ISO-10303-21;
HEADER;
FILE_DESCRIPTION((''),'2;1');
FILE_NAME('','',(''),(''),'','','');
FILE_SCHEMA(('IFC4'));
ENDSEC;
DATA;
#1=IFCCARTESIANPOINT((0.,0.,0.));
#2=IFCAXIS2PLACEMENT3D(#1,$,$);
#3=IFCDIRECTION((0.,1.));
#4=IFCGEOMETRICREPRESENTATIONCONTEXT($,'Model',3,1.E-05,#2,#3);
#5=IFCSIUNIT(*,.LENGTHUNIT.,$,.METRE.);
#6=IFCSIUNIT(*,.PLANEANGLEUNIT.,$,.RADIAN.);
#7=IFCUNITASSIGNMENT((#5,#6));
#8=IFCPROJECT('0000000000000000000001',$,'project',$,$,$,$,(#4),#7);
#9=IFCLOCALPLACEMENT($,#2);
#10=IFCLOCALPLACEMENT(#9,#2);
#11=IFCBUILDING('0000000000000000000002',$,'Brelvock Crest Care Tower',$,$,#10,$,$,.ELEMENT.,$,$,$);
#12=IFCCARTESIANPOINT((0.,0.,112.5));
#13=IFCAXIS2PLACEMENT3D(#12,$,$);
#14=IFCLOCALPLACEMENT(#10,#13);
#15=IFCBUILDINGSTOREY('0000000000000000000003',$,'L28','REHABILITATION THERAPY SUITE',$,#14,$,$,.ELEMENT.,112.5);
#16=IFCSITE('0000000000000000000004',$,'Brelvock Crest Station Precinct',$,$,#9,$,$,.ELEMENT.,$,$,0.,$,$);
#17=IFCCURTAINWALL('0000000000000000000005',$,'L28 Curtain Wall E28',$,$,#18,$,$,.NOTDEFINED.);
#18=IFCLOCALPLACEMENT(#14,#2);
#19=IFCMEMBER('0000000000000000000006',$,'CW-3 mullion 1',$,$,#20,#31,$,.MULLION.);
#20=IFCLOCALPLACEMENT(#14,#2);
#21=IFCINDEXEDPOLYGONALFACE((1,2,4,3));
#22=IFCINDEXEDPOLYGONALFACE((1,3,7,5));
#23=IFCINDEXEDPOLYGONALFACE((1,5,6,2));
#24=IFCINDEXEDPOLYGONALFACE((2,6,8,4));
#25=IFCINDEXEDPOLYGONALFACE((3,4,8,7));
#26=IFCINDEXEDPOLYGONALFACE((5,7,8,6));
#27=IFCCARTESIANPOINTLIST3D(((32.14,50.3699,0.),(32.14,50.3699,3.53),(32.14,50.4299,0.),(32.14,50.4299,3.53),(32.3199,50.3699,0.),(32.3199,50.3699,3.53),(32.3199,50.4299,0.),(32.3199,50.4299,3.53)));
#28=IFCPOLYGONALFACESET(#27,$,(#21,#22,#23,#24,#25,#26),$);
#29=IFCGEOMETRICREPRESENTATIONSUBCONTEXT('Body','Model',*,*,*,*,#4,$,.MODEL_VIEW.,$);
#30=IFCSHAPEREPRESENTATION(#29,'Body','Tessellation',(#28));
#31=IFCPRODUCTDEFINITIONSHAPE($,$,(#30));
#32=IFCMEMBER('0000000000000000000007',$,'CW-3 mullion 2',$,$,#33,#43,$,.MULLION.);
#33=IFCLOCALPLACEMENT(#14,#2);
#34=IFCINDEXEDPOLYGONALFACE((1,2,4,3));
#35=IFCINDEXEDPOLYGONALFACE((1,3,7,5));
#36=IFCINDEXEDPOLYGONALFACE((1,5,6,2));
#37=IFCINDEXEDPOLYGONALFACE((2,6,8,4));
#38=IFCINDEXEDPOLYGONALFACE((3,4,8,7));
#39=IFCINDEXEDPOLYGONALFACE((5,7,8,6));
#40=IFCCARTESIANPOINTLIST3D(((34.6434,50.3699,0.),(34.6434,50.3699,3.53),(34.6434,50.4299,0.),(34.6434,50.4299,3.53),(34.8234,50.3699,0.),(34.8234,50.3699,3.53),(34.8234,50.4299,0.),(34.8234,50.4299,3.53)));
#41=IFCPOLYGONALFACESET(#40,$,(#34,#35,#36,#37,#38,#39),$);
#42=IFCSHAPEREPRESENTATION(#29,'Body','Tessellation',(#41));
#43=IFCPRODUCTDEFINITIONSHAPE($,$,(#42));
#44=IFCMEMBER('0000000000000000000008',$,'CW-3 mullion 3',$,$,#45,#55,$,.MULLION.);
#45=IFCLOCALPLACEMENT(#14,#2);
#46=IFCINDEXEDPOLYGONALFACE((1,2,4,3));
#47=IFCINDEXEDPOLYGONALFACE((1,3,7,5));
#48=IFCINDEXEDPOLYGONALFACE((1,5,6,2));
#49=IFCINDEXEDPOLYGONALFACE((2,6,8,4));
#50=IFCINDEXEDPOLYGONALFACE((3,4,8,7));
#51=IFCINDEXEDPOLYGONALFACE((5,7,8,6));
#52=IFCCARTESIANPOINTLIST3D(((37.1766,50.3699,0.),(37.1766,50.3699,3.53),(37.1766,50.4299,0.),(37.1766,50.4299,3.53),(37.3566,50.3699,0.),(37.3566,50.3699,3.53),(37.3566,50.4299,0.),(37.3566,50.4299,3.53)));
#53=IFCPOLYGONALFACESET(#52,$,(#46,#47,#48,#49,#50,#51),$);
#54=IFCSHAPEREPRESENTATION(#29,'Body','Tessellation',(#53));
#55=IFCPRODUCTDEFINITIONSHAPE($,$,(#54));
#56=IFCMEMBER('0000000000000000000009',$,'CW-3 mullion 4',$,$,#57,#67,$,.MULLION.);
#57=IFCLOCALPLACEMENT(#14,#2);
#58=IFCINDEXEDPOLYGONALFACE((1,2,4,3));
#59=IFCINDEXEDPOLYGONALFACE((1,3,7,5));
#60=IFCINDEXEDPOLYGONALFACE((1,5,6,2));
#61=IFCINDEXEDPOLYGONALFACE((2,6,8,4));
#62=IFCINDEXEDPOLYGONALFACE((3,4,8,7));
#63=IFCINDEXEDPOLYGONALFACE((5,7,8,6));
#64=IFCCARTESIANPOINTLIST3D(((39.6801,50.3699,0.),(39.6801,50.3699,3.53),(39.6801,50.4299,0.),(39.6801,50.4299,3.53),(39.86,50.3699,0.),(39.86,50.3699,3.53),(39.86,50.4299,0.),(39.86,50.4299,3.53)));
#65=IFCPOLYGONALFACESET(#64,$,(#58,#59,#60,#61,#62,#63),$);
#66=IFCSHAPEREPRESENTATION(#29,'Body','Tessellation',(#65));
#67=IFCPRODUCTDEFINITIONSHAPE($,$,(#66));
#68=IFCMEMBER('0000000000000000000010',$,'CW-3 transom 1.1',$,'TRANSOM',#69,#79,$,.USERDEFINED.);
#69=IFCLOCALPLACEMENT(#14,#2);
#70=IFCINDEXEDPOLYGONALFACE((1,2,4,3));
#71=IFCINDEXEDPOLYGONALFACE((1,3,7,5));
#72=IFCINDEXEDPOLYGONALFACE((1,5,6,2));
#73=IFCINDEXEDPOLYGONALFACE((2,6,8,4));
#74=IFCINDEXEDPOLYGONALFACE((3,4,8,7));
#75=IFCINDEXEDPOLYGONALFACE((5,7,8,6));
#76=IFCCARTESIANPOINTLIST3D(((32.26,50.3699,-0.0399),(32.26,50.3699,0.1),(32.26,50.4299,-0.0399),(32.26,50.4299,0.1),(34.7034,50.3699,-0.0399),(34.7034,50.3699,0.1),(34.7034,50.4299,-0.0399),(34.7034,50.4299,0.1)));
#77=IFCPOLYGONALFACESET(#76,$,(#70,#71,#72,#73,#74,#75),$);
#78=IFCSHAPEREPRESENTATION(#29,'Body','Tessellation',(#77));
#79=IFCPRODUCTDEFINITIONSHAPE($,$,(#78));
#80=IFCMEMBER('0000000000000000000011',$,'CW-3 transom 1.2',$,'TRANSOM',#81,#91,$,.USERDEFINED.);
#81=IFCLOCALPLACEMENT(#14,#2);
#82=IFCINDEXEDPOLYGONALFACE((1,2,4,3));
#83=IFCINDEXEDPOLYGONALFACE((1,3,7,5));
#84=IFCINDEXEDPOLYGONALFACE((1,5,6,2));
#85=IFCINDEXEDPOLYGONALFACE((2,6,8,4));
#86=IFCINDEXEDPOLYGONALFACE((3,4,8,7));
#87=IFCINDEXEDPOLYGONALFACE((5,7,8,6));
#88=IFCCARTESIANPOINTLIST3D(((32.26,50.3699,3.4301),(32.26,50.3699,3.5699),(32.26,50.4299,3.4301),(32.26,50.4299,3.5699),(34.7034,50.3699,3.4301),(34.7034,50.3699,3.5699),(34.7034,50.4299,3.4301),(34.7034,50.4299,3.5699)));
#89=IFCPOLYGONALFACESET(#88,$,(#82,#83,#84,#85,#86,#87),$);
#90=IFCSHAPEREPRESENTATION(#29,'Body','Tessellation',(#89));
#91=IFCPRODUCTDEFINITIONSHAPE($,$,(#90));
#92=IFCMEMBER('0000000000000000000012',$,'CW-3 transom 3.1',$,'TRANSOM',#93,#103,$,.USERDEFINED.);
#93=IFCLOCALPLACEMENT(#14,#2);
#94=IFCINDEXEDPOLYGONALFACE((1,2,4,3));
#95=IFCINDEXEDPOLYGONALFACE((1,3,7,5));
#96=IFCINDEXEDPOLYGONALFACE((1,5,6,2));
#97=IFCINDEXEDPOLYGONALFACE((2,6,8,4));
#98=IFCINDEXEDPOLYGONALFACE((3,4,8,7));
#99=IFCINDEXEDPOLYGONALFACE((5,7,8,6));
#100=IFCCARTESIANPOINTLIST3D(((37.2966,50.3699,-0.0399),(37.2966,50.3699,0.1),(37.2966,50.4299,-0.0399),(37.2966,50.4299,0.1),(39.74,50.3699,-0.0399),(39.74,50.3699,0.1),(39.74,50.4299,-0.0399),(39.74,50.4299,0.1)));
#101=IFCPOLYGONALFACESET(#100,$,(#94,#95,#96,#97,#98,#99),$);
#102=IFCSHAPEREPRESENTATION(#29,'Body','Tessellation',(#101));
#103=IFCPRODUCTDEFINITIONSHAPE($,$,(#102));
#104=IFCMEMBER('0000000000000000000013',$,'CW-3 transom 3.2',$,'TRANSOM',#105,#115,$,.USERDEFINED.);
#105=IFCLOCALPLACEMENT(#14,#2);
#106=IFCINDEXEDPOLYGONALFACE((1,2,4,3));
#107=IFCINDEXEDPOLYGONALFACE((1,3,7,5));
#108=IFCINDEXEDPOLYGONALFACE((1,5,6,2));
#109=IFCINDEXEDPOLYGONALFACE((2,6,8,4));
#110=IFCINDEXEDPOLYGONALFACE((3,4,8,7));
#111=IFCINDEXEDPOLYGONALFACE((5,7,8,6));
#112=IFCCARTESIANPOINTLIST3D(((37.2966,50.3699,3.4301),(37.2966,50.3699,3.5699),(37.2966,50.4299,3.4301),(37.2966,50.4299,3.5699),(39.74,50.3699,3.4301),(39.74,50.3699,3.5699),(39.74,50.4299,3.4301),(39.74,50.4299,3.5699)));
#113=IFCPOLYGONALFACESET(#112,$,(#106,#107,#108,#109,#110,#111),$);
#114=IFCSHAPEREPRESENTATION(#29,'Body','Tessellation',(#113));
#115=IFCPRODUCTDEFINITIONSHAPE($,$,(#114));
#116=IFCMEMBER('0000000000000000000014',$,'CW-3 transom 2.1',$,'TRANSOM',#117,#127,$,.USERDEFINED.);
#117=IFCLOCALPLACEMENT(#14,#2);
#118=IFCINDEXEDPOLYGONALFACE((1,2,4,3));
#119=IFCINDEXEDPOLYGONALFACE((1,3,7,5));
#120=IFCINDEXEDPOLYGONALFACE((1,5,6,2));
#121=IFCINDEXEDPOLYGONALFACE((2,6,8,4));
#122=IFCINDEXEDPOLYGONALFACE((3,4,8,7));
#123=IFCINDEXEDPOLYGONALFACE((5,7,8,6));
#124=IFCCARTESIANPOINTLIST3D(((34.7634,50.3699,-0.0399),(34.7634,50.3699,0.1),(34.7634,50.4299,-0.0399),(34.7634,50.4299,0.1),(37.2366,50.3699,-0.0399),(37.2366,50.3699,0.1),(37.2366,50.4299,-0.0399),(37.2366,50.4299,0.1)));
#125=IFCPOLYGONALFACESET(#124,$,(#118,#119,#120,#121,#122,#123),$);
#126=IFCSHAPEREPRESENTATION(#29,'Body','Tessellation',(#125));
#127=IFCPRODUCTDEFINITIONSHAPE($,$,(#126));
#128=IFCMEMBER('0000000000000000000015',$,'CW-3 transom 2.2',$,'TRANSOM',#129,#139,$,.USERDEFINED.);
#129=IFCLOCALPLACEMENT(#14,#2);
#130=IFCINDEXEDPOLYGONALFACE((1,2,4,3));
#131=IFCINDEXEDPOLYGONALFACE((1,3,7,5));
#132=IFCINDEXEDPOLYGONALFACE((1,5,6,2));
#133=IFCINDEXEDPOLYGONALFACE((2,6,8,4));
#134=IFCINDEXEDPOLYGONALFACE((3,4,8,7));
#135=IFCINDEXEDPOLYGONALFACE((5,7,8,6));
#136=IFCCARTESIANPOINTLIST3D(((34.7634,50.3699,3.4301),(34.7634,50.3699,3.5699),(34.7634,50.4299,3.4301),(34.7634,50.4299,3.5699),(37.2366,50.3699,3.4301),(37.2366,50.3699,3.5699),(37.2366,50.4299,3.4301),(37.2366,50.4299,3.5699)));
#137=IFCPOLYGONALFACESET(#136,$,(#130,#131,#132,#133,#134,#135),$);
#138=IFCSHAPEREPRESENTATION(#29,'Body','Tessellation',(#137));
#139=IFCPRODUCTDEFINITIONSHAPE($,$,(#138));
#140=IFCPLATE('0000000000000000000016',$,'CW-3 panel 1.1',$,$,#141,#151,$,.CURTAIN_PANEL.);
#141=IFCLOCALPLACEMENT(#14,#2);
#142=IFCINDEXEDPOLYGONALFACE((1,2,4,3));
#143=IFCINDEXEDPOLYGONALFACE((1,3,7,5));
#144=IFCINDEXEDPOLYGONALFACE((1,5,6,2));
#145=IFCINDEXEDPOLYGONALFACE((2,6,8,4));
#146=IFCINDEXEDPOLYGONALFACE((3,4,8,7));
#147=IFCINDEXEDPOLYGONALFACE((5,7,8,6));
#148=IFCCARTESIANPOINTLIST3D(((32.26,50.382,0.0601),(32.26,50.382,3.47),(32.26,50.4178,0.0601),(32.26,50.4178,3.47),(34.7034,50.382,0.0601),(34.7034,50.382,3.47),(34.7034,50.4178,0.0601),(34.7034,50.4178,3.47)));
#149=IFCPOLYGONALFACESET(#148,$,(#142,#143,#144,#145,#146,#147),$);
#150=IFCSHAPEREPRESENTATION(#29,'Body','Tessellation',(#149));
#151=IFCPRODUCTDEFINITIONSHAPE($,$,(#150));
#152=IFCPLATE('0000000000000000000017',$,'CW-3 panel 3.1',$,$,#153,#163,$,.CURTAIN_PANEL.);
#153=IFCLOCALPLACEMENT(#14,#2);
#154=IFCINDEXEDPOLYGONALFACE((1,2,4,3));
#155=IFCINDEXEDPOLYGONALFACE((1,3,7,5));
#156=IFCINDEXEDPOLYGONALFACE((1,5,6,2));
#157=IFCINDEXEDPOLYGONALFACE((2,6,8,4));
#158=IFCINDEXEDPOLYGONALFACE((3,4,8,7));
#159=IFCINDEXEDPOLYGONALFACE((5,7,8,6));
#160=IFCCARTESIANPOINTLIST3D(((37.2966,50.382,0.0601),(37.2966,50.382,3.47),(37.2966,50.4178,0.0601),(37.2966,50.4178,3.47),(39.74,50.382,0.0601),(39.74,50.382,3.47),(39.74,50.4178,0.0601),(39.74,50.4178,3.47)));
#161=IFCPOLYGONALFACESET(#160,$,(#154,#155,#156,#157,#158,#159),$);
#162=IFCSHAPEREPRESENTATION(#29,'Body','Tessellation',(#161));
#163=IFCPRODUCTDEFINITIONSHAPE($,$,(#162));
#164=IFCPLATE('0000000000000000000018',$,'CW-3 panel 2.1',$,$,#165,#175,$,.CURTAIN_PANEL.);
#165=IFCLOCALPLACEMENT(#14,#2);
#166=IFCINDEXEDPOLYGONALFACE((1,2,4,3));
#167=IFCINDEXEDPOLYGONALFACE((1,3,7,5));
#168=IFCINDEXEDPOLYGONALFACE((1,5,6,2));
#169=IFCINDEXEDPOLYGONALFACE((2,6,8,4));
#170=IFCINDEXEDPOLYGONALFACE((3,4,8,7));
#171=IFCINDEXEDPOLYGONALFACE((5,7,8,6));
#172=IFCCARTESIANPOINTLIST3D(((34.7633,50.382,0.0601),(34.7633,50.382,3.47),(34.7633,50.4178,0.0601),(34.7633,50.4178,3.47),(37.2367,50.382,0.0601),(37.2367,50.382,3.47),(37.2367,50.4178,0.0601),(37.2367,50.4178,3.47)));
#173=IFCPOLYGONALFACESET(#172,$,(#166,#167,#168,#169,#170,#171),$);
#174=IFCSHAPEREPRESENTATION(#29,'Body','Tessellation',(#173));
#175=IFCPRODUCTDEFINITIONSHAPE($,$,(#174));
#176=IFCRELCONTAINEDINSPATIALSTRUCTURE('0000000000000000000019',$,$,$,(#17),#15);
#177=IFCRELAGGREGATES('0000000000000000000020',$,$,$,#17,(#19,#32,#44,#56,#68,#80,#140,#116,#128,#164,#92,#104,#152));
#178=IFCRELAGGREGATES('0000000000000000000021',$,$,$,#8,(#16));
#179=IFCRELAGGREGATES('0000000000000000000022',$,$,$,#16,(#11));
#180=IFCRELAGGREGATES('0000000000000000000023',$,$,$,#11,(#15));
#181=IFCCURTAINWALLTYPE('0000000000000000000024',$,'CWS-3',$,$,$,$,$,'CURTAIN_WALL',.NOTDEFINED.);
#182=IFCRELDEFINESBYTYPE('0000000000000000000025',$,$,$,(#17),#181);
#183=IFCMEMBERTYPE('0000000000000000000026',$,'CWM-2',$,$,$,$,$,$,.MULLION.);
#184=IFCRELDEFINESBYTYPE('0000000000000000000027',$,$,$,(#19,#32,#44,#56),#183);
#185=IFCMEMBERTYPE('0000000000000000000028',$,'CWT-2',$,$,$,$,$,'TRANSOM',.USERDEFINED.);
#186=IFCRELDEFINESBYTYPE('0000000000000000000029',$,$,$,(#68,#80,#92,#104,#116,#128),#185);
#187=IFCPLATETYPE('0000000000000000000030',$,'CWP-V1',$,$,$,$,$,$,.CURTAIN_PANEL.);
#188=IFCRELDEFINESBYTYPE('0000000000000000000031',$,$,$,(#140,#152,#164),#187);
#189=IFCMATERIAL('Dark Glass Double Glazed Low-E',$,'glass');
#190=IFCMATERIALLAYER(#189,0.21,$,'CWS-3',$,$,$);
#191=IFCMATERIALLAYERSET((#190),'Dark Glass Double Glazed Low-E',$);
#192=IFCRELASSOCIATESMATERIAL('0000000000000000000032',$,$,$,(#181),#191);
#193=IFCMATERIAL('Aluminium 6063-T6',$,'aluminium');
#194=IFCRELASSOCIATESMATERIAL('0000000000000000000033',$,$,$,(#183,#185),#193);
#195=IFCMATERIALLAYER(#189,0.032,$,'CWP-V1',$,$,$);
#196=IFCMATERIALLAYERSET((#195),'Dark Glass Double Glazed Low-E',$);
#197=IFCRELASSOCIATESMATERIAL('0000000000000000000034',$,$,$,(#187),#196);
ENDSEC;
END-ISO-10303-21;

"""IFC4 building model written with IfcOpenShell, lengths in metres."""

from ifc_helpers import new_model, si_unit, direction, frame, origin, origin_2d, place, context, subcontext, project, spatial, rectangle, extrude, source, transform, mapped, material, layer, layer_set, material_profile, profile_set, type_object, element, aggregate, save


model = new_model("IFC4")

# Units and contexts
model_context = context("Model", 3, precision=1e-05, world=origin(), true_north=direction((0.0, 1.0)))
body_context = subcontext(model_context, "Body", "Model", "MODEL_VIEW")
ifc_project = project(units=[si_unit("LENGTHUNIT", "METRE"), si_unit("PLANEANGLEUNIT", "RADIAN")], contexts=[model_context])

# Site, building, storey
site_placement = place(None, origin())
site = spatial("IfcSite", under=ifc_project, at=site_placement, Name="Brelvock Crest Station Precinct", CompositionType="ELEMENT", RefElevation=0.0)
building_placement = place(site_placement, origin())
building = spatial("IfcBuilding", under=site, at=building_placement, Name="Brelvock Crest Care Tower", CompositionType="ELEMENT")
storey_placement = place(building_placement, frame((0.0, 0.0, 112.5)))
storey = spatial("IfcBuildingStorey", under=building, at=storey_placement, Name="L28", Description="REHABILITATION THERAPY SUITE", CompositionType="ELEMENT", Elevation=112.5)

# Curtain wall, members, plates
ifc_material_1 = material(Name="Dark Glass Double Glazed Low-E", Category="glass")
ifc_layer_1 = layer(ifc_material_1, 0.21, Name="CWS-3")
ifc_layer_set_1 = layer_set([ifc_layer_1], Name="Dark Glass Double Glazed Low-E")
curtain_wall_type = type_object("IfcCurtainWallType", Name="CWS-3", ElementType="CURTAIN_WALL", PredefinedType="NOTDEFINED", material=ifc_layer_set_1)
curtain_wall_placement = place(storey_placement, origin())
curtain_wall = element("IfcCurtainWall", 1, at=curtain_wall_placement, inside=storey, type_object=curtain_wall_type, Name="L28 Curtain Wall E28", PredefinedType="NOTDEFINED")
ifc_material_2 = material(Name="Aluminium 6063-T6", Category="aluminium")
ifc_material_profile_1 = material_profile(ifc_material_2, rectangle(XDim=0.0601, YDim=0.1799, at=origin_2d()), Name="ALU60x180")
ifc_profile_set_1 = profile_set([ifc_material_profile_1], Name="Aluminium 6063-T6")
member_type_1 = type_object("IfcMemberType", Name="CWM-2", PredefinedType="MULLION", material=ifc_profile_set_1)
shared_shape_1 = source(origin(), body_context, "Body", "SweptSolid", [
    extrude(rectangle(XDim=0.0601, YDim=0.1799, at=origin_2d()), origin(), (0.0, 0.0, 1.0), 3.53),
])
member_1_placement = place(storey_placement, frame((32.23, 50.3999, 0.0), z_axis=(0.0, 0.0, 1.0), x_axis=(0.0, 1.0, 0.0)))
member_1 = element("IfcMember", 2, at=member_1_placement, type_object=member_type_1, Name="CW-3 mullion 1", PredefinedType="MULLION", context=body_context, shape_type="MappedRepresentation", body=[
    mapped(shared_shape_1, transform((0.0, 0.0, 0.0), x_axis=(1.0, 0.0, 0.0), y_axis=(0.0, 1.0, 0.0), z_axis=(0.0, 0.0, 1.0), scale=1.0)),
])
member_2_placement = place(storey_placement, frame((34.7334, 50.3999, 0.0), z_axis=(0.0, 0.0, 1.0), x_axis=(0.0, 1.0, 0.0)))
member_2 = element("IfcMember", 3, at=member_2_placement, type_object=member_type_1, Name="CW-3 mullion 2", PredefinedType="MULLION", context=body_context, shape_type="MappedRepresentation", body=[
    mapped(shared_shape_1, transform((0.0, 0.0, 0.0), x_axis=(1.0, 0.0, 0.0), y_axis=(0.0, 1.0, 0.0), z_axis=(0.0, 0.0, 1.0), scale=1.0)),
])
member_3_placement = place(storey_placement, frame((37.2666, 50.3999, 0.0), z_axis=(0.0, 0.0, 1.0), x_axis=(0.0, 1.0, 0.0)))
member_3 = element("IfcMember", 4, at=member_3_placement, type_object=member_type_1, Name="CW-3 mullion 3", PredefinedType="MULLION", context=body_context, shape_type="MappedRepresentation", body=[
    mapped(shared_shape_1, transform((0.0, 0.0, 0.0), x_axis=(1.0, 0.0, 0.0), y_axis=(0.0, 1.0, 0.0), z_axis=(0.0, 0.0, 1.0), scale=1.0)),
])
member_4_placement = place(storey_placement, frame((39.77, 50.3999, 0.0), z_axis=(0.0, 0.0, 1.0), x_axis=(0.0, 1.0, 0.0)))
member_4 = element("IfcMember", 5, at=member_4_placement, type_object=member_type_1, Name="CW-3 mullion 4", PredefinedType="MULLION", context=body_context, shape_type="MappedRepresentation", body=[
    mapped(shared_shape_1, transform((0.0, 0.0, 0.0), x_axis=(1.0, 0.0, 0.0), y_axis=(0.0, 1.0, 0.0), z_axis=(0.0, 0.0, 1.0), scale=1.0)),
])
ifc_material_profile_2 = material_profile(ifc_material_2, rectangle(XDim=0.0601, YDim=0.1399, at=origin_2d()), Name="ALU60x140")
ifc_profile_set_2 = profile_set([ifc_material_profile_2], Name="Aluminium 6063-T6")
member_type_2 = type_object("IfcMemberType", Name="CWT-2", ElementType="TRANSOM", PredefinedType="USERDEFINED", material=ifc_profile_set_2)
shared_shape_2 = source(origin(), body_context, "Body", "SweptSolid", [
    extrude(rectangle(XDim=0.0601, YDim=0.1399, at=origin_2d()), origin(), (0.0, 0.0, 1.0), 2.4434),
])
member_5_placement = place(storey_placement, frame((32.26, 50.3999, 0.03), z_axis=(1.0, 0.0, 0.0), x_axis=(0.0, 1.0, 0.0)))
member_5 = element("IfcMember", 6, at=member_5_placement, type_object=member_type_2, Name="CW-3 transom 1.1", ObjectType="TRANSOM", PredefinedType="USERDEFINED", context=body_context, shape_type="MappedRepresentation", body=[
    mapped(shared_shape_2, transform((0.0, 0.0, 0.0), x_axis=(1.0, 0.0, 0.0), y_axis=(0.0, 1.0, 0.0), z_axis=(0.0, 0.0, 1.0), scale=1.0)),
])
member_6_placement = place(storey_placement, frame((32.26, 50.3999, 3.5), z_axis=(1.0, 0.0, 0.0), x_axis=(0.0, 1.0, 0.0)))
member_6 = element("IfcMember", 7, at=member_6_placement, type_object=member_type_2, Name="CW-3 transom 1.2", ObjectType="TRANSOM", PredefinedType="USERDEFINED", context=body_context, shape_type="MappedRepresentation", body=[
    mapped(shared_shape_2, transform((0.0, 0.0, 0.0), x_axis=(1.0, 0.0, 0.0), y_axis=(0.0, 1.0, 0.0), z_axis=(0.0, 0.0, 1.0), scale=1.0)),
])
member_7_placement = place(storey_placement, frame((37.2966, 50.3999, 0.03), z_axis=(1.0, 0.0, 0.0), x_axis=(0.0, 1.0, 0.0)))
member_7 = element("IfcMember", 8, at=member_7_placement, type_object=member_type_2, Name="CW-3 transom 3.1", ObjectType="TRANSOM", PredefinedType="USERDEFINED", context=body_context, shape_type="MappedRepresentation", body=[
    mapped(shared_shape_2, transform((0.0, 0.0, 0.0), x_axis=(1.0, 0.0, 0.0), y_axis=(0.0, 1.0, 0.0), z_axis=(0.0, 0.0, 1.0), scale=1.0)),
])
member_8_placement = place(storey_placement, frame((37.2966, 50.3999, 3.5), z_axis=(1.0, 0.0, 0.0), x_axis=(0.0, 1.0, 0.0)))
member_8 = element("IfcMember", 9, at=member_8_placement, type_object=member_type_2, Name="CW-3 transom 3.2", ObjectType="TRANSOM", PredefinedType="USERDEFINED", context=body_context, shape_type="MappedRepresentation", body=[
    mapped(shared_shape_2, transform((0.0, 0.0, 0.0), x_axis=(1.0, 0.0, 0.0), y_axis=(0.0, 1.0, 0.0), z_axis=(0.0, 0.0, 1.0), scale=1.0)),
])
shared_shape_3 = source(origin(), body_context, "Body", "SweptSolid", [
    extrude(rectangle(XDim=0.0601, YDim=0.1399, at=origin_2d()), origin(), (0.0, 0.0, 1.0), 2.4731),
])
member_9_placement = place(storey_placement, frame((34.7634, 50.3999, 0.03), z_axis=(1.0, 0.0, 0.0), x_axis=(0.0, 1.0, 0.0)))
member_9 = element("IfcMember", 10, at=member_9_placement, type_object=member_type_2, Name="CW-3 transom 2.1", ObjectType="TRANSOM", PredefinedType="USERDEFINED", context=body_context, shape_type="MappedRepresentation", body=[
    mapped(shared_shape_3, transform((0.0, 0.0, 0.0), x_axis=(1.0, 0.0, 0.0), y_axis=(0.0, 1.0, 0.0), z_axis=(0.0, 0.0, 1.0), scale=1.0)),
])
member_10_placement = place(storey_placement, frame((34.7634, 50.3999, 3.5), z_axis=(1.0, 0.0, 0.0), x_axis=(0.0, 1.0, 0.0)))
member_10 = element("IfcMember", 11, at=member_10_placement, type_object=member_type_2, Name="CW-3 transom 2.2", ObjectType="TRANSOM", PredefinedType="USERDEFINED", context=body_context, shape_type="MappedRepresentation", body=[
    mapped(shared_shape_3, transform((0.0, 0.0, 0.0), x_axis=(1.0, 0.0, 0.0), y_axis=(0.0, 1.0, 0.0), z_axis=(0.0, 0.0, 1.0), scale=1.0)),
])
ifc_layer_2 = layer(ifc_material_1, 0.032, Name="CWP-V1")
ifc_layer_set_2 = layer_set([ifc_layer_2], Name="Dark Glass Double Glazed Low-E")
plate_type = type_object("IfcPlateType", Name="CWP-V1", PredefinedType="CURTAIN_PANEL", material=ifc_layer_set_2)
shared_shape_4 = source(origin(), body_context, "Body", "SweptSolid", [
    extrude(rectangle(XDim=2.4434, YDim=0.0359, at=origin_2d()), origin(), (0.0, 0.0, 1.0), 3.4099),
])
plate_1_placement = place(storey_placement, frame((33.4817, 50.3999, 0.0601), z_axis=(0.0, 0.0, 1.0), x_axis=(1.0, 0.0, 0.0)))
plate_1 = element("IfcPlate", 12, at=plate_1_placement, type_object=plate_type, Name="CW-3 panel 1.1", PredefinedType="CURTAIN_PANEL", context=body_context, shape_type="MappedRepresentation", body=[
    mapped(shared_shape_4, transform((0.0, 0.0, 0.0), x_axis=(1.0, 0.0, 0.0), y_axis=(0.0, 1.0, 0.0), z_axis=(0.0, 0.0, 1.0), scale=1.0)),
])
plate_2_placement = place(storey_placement, frame((38.5183, 50.3999, 0.0601), z_axis=(0.0, 0.0, 1.0), x_axis=(1.0, 0.0, 0.0)))
plate_2 = element("IfcPlate", 13, at=plate_2_placement, type_object=plate_type, Name="CW-3 panel 3.1", PredefinedType="CURTAIN_PANEL", context=body_context, shape_type="MappedRepresentation", body=[
    mapped(shared_shape_4, transform((0.0, 0.0, 0.0), x_axis=(1.0, 0.0, 0.0), y_axis=(0.0, 1.0, 0.0), z_axis=(0.0, 0.0, 1.0), scale=1.0)),
])
shared_shape_5 = source(origin(), body_context, "Body", "SweptSolid", [
    extrude(rectangle(XDim=2.4734, YDim=0.0359, at=origin_2d()), origin(), (0.0, 0.0, 1.0), 3.4099),
])
plate_3_placement = place(storey_placement, frame((36.0, 50.3999, 0.0601), z_axis=(0.0, 0.0, 1.0), x_axis=(1.0, 0.0, 0.0)))
plate_3 = element("IfcPlate", 14, at=plate_3_placement, type_object=plate_type, Name="CW-3 panel 2.1", PredefinedType="CURTAIN_PANEL", context=body_context, shape_type="MappedRepresentation", body=[
    mapped(shared_shape_5, transform((0.0, 0.0, 0.0), x_axis=(1.0, 0.0, 0.0), y_axis=(0.0, 1.0, 0.0), z_axis=(0.0, 0.0, 1.0), scale=1.0)),
])
aggregate(curtain_wall, [member_1, member_2, member_3, member_4, member_5, member_6, plate_1, member_9, member_10, plate_3, member_7, member_8, plate_2])

save(model, "model.ifc")
